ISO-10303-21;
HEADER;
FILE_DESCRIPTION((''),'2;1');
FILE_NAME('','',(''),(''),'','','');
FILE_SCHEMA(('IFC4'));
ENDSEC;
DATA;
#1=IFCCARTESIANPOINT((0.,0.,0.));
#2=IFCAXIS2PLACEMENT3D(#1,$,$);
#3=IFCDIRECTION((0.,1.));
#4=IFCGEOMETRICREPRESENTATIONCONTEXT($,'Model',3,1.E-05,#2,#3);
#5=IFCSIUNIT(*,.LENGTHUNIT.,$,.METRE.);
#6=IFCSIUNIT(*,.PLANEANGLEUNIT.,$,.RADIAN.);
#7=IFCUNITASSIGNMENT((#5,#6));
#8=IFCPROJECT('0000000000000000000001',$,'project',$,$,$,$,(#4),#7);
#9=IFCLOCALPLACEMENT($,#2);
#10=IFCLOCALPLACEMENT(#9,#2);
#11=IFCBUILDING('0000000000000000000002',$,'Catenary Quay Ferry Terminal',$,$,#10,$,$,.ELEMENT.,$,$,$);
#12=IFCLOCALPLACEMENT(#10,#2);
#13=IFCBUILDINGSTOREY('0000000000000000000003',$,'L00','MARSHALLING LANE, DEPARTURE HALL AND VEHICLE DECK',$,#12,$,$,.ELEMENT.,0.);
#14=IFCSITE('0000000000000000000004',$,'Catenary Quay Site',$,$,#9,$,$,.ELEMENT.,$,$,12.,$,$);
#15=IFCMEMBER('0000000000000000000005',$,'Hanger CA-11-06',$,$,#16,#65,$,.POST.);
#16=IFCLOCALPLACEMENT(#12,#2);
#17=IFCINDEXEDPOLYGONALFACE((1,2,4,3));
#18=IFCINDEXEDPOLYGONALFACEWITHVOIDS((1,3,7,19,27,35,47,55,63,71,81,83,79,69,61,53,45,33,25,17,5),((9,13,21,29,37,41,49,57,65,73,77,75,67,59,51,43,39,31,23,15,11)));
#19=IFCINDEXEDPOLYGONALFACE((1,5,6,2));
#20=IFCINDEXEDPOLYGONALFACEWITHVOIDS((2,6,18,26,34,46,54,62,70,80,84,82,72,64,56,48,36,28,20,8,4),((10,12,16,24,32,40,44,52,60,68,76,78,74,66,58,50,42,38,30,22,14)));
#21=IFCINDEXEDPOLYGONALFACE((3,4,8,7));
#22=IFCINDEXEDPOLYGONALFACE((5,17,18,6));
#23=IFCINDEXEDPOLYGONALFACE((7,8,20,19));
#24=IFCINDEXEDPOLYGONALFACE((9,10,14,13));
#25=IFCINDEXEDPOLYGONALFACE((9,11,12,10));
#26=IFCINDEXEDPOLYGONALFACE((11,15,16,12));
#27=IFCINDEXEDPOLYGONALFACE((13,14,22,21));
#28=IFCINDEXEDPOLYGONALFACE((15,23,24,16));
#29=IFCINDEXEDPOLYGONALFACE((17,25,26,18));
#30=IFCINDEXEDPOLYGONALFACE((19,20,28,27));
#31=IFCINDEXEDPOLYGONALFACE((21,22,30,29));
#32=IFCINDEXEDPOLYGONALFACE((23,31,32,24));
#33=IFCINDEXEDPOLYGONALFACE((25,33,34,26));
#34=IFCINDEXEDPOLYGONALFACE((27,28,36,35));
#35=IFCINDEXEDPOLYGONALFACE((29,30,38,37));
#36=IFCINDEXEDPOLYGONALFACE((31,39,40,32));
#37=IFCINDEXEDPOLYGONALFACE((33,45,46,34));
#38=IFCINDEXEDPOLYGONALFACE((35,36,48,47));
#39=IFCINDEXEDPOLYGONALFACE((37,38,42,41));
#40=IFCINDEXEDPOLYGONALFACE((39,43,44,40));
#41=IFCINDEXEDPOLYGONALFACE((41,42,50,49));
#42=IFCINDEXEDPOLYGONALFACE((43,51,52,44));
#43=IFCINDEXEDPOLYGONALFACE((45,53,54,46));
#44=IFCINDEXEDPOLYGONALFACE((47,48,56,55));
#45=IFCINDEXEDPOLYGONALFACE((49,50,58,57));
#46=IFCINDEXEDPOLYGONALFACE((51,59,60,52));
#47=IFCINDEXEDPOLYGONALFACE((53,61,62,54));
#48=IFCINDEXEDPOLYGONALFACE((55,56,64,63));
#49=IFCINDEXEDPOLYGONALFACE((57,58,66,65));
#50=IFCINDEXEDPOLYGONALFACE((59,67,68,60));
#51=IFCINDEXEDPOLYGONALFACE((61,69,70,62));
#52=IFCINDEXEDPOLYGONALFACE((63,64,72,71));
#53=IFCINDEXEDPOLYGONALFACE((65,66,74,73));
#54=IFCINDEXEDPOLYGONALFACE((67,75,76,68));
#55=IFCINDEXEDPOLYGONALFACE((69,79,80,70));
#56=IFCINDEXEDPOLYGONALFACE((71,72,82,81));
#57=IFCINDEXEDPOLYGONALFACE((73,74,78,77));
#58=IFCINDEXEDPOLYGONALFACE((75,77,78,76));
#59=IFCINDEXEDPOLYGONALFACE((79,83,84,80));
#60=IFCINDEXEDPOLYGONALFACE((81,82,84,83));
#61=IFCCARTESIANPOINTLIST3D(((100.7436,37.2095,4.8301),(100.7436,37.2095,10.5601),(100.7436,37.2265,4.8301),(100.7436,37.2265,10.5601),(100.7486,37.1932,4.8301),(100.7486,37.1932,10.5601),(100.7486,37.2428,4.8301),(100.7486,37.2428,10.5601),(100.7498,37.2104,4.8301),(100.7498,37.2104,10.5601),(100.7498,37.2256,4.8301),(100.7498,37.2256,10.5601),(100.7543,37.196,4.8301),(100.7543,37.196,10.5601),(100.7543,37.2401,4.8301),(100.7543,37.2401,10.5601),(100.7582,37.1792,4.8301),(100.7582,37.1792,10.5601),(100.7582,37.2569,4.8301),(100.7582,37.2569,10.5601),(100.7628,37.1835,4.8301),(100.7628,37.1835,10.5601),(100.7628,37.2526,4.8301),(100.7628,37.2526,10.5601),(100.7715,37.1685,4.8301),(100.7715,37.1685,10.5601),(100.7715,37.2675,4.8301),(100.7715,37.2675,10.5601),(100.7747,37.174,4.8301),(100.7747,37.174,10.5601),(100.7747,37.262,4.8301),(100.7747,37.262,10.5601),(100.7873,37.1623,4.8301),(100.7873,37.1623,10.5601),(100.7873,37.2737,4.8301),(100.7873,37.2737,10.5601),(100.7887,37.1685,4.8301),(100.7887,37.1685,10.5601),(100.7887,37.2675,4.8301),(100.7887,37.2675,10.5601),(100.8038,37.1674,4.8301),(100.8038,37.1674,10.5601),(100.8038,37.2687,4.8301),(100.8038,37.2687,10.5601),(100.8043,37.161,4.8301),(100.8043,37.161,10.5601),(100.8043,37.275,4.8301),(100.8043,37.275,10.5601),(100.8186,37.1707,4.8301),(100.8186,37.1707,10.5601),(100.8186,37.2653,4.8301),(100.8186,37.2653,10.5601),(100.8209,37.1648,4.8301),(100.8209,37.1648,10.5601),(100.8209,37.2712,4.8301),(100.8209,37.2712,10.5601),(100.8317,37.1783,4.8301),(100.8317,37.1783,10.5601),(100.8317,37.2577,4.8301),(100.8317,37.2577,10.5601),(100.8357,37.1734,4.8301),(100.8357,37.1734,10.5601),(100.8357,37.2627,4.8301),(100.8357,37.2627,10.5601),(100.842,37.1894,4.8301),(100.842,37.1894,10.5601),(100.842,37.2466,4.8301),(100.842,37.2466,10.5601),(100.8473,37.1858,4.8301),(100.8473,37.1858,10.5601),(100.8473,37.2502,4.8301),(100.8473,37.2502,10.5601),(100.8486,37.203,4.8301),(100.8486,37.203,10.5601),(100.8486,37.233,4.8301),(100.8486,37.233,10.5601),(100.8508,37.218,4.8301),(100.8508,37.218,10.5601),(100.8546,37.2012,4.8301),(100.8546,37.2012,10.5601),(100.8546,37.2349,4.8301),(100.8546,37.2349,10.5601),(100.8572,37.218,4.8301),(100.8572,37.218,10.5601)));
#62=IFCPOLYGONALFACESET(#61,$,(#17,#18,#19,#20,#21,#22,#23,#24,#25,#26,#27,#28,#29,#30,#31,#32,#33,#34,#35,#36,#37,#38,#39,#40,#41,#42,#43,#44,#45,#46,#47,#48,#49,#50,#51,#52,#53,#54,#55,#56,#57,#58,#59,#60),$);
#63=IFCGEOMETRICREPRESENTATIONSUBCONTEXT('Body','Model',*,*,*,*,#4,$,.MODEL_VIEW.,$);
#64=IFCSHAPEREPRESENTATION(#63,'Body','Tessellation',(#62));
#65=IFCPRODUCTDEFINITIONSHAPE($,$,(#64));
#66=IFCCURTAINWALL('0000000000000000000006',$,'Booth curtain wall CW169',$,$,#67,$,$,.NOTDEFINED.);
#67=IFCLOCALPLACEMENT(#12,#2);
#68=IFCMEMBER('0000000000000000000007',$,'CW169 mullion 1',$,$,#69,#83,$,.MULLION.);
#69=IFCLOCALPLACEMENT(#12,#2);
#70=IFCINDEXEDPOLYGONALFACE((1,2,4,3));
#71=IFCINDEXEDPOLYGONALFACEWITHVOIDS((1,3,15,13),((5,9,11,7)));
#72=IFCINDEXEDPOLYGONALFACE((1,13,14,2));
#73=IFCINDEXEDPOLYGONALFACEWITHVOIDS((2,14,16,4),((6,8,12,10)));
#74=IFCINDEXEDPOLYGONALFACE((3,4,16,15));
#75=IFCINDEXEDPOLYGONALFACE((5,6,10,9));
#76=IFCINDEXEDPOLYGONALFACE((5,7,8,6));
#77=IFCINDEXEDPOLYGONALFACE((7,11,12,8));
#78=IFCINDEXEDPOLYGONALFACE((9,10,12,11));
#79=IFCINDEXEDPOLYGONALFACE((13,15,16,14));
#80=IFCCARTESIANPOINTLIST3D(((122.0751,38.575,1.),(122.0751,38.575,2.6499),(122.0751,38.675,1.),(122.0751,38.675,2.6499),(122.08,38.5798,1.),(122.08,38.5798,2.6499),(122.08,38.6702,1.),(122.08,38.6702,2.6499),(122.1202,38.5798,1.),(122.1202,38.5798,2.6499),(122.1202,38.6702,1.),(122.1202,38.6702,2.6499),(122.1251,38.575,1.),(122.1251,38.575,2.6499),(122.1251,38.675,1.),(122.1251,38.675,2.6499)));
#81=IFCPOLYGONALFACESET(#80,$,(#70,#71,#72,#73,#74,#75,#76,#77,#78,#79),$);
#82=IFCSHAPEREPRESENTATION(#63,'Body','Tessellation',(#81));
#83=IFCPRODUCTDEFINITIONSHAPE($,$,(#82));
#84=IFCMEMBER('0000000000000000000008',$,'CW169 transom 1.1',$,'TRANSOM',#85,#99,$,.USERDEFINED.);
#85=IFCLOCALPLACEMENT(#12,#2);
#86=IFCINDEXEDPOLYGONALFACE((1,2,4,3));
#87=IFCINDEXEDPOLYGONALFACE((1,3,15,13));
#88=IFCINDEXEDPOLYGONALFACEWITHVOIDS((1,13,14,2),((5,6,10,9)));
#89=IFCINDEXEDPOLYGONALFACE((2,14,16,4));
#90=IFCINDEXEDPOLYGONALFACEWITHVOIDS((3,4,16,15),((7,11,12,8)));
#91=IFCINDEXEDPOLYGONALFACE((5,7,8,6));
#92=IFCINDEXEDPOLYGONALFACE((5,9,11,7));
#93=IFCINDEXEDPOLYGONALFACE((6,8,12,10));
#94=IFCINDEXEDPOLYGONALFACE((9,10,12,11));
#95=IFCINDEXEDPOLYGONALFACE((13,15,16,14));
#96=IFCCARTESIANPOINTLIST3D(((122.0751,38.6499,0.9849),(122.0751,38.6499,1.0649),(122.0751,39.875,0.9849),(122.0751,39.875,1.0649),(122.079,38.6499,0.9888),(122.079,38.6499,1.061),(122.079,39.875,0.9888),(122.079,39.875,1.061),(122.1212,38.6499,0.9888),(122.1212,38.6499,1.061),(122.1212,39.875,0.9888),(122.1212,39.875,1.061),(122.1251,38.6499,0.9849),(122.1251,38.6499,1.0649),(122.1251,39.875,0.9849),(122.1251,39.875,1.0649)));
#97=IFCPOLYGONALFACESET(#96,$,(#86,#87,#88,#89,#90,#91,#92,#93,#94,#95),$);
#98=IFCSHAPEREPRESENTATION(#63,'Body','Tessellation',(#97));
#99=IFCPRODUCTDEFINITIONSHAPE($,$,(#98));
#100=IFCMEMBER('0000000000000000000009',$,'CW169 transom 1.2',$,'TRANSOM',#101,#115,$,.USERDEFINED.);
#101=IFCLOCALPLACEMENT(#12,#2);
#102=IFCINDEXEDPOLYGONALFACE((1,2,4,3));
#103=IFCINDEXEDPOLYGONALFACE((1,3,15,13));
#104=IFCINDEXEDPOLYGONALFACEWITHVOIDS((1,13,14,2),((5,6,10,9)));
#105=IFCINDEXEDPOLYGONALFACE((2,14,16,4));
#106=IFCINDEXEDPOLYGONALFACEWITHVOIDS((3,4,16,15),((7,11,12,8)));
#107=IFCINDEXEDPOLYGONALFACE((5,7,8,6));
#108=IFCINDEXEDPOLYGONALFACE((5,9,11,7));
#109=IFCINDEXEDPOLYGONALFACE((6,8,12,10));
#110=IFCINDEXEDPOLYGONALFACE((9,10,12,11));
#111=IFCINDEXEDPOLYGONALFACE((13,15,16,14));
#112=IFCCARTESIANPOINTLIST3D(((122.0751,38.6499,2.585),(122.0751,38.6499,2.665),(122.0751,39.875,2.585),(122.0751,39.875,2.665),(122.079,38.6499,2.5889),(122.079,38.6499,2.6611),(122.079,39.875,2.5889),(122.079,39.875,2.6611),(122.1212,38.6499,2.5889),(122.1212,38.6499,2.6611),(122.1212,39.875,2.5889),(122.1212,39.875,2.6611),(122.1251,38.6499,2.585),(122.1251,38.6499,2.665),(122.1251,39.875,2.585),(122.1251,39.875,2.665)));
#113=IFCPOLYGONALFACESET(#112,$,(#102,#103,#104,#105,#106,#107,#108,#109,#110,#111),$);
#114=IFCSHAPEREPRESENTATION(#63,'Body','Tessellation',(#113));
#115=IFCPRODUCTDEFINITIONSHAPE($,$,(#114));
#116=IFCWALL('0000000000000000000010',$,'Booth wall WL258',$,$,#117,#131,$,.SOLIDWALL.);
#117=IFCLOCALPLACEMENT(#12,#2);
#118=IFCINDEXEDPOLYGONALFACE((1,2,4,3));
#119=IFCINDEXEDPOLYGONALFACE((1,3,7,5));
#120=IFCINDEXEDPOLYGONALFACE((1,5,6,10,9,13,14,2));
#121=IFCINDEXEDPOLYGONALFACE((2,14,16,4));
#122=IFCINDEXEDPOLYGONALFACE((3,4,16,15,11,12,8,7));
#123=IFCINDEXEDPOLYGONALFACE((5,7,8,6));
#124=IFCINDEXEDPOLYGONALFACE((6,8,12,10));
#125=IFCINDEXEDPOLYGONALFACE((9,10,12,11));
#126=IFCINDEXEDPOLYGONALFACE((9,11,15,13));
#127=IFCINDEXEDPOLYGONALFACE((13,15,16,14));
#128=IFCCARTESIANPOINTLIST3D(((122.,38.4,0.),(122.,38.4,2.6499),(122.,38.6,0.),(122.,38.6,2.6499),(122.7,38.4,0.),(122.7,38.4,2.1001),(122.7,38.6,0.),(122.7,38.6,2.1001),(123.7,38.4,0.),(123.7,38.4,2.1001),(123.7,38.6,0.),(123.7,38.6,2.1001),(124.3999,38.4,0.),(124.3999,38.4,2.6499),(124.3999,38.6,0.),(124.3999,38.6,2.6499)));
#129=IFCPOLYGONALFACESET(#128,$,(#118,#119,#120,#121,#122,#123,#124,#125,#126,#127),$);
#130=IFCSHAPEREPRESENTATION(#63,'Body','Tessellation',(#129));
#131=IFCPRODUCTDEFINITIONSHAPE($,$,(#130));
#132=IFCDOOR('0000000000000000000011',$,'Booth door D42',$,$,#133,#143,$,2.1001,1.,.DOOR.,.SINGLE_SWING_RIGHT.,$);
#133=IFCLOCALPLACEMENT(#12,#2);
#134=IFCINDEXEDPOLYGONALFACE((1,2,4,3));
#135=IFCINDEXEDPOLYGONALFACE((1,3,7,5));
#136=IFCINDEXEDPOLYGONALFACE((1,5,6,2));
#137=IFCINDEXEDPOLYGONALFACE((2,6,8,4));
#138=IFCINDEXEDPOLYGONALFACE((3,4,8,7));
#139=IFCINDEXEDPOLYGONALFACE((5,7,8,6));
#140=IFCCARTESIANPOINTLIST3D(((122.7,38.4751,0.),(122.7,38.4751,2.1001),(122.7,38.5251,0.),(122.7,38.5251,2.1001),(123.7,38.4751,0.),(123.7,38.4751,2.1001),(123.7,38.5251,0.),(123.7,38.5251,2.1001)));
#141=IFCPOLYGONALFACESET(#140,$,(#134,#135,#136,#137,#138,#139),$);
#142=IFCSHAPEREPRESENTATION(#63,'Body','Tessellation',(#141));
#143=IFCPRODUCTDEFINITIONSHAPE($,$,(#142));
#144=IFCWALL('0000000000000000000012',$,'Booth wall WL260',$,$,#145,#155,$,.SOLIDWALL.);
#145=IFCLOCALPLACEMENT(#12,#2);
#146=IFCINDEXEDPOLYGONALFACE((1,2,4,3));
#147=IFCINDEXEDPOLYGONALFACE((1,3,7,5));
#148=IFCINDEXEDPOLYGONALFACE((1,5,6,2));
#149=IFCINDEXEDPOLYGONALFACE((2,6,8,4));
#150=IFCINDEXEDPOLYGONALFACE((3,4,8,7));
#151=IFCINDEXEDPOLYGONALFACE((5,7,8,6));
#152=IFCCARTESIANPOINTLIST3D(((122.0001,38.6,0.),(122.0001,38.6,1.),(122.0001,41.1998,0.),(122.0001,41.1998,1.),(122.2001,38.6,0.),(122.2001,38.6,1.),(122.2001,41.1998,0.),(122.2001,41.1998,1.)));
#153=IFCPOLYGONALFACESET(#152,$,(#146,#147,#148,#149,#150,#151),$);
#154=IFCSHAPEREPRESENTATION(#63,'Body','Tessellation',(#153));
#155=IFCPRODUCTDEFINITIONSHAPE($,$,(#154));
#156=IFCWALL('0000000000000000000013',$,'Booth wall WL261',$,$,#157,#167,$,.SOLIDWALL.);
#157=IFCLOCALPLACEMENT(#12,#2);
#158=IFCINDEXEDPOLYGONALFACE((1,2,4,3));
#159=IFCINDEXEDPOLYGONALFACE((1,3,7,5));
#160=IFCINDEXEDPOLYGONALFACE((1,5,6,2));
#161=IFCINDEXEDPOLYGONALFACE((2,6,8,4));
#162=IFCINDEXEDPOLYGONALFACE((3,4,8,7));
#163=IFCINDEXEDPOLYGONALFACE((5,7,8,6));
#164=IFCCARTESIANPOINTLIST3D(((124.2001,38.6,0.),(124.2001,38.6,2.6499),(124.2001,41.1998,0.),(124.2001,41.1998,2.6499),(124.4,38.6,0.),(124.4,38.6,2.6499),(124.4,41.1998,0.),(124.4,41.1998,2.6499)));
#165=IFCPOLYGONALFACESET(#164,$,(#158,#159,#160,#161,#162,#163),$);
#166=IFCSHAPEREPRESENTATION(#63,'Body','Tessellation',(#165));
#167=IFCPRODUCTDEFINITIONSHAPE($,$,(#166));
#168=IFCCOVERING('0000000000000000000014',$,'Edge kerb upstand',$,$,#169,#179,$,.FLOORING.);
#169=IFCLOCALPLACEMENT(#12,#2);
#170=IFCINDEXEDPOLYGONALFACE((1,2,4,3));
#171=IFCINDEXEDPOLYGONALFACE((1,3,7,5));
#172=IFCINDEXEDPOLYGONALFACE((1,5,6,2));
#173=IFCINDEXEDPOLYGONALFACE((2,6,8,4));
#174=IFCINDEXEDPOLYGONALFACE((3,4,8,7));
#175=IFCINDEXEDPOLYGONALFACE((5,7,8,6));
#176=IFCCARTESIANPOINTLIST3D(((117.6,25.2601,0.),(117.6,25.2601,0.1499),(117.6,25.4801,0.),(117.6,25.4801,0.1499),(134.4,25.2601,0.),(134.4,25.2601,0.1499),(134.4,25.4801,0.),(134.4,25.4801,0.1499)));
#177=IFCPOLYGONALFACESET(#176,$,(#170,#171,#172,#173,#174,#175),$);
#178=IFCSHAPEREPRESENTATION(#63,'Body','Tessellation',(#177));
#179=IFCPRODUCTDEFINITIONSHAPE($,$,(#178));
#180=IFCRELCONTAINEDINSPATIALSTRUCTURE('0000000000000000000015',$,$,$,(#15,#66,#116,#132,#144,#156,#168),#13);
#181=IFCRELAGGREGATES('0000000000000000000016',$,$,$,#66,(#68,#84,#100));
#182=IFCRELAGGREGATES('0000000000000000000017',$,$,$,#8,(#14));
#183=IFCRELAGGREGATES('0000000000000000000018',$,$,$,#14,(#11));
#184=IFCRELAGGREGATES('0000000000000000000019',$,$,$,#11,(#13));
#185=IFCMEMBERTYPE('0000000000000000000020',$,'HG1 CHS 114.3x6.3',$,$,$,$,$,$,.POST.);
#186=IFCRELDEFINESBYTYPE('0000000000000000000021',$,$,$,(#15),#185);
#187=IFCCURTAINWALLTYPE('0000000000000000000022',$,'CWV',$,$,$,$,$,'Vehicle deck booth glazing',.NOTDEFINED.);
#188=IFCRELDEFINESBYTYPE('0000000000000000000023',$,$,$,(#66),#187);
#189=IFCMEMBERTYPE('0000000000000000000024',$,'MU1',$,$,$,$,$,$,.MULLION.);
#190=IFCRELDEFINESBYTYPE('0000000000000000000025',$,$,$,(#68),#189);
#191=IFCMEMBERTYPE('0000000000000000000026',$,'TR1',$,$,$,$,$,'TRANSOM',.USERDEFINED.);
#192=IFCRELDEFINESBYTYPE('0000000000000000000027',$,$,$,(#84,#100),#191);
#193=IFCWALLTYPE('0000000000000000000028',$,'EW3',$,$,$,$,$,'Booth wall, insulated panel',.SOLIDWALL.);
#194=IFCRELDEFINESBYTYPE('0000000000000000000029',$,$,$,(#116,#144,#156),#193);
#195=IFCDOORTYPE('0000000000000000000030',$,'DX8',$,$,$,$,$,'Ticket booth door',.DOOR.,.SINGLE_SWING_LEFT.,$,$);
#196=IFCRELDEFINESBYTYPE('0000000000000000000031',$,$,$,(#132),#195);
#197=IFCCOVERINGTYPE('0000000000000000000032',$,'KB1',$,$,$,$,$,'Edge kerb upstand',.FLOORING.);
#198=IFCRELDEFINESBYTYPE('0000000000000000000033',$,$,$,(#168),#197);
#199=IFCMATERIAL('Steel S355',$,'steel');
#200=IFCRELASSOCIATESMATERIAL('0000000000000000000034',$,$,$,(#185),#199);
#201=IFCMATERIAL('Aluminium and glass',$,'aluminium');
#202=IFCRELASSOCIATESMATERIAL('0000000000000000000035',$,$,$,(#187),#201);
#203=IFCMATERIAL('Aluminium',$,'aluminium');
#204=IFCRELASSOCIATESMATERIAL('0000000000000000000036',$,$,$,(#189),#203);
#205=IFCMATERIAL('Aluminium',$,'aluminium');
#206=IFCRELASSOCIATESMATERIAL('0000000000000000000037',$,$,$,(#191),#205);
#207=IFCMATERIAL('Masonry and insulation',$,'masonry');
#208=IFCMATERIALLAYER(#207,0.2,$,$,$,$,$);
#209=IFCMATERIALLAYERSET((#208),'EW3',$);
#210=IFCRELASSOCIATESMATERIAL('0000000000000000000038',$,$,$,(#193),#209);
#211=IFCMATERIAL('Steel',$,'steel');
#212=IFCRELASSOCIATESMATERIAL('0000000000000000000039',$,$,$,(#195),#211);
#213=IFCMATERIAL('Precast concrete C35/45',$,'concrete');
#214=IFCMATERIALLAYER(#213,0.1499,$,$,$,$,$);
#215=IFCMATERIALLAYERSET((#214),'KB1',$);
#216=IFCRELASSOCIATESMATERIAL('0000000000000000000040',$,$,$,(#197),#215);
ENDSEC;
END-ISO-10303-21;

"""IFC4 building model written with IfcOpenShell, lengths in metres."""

from ifc_helpers import new_model, si_unit, direction, frame, frame_2d, origin, origin_2d, place, context, subcontext, project, spatial, rectangle, hollow_rectangle, hollow_circle, extrude, material, layer, layer_set, material_profile, profile_set, type_object, element, fill, aggregate, save


model = new_model("IFC4")

# Units and contexts
model_context = context("Model", 3, precision=1e-05, world=origin(), true_north=direction((0.0, 1.0)))
body_context = subcontext(model_context, "Body", "Model", "MODEL_VIEW")
ifc_project = project(units=[si_unit("LENGTHUNIT", "METRE"), si_unit("PLANEANGLEUNIT", "RADIAN")], contexts=[model_context])

# Site, building, storey
site_placement = place(None, origin())
site = spatial("IfcSite", under=ifc_project, at=site_placement, Name="Catenary Quay Site", CompositionType="ELEMENT", RefElevation=12.0)
building_placement = place(site_placement, origin())
building = spatial("IfcBuilding", under=site, at=building_placement, Name="Catenary Quay Ferry Terminal", CompositionType="ELEMENT")
storey_placement = place(building_placement, origin())
storey = spatial("IfcBuildingStorey", under=building, at=storey_placement, Name="L00", Description="MARSHALLING LANE, DEPARTURE HALL AND VEHICLE DECK", CompositionType="ELEMENT", Elevation=0.0)

# Member
ifc_material_1 = material(Name="Steel S355", Category="steel")
ifc_material_profile_1 = material_profile(ifc_material_1, hollow_circle(Radius=0.0571, WallThickness=0.0063, at=origin_2d()), Name="CHS 114.3x6.3")
ifc_profile_set_1 = profile_set([ifc_material_profile_1], Name="Steel S355")
member_type_1 = type_object("IfcMemberType", Name="HG1 CHS 114.3x6.3", PredefinedType="POST", material=ifc_profile_set_1)
member_1_placement = place(storey_placement, frame((100.8, 37.218, 4.8301), z_axis=(0.0, 0.0, 1.0), x_axis=(1.0, 0.0, 0.0)))
element("IfcMember", 1, at=member_1_placement, inside=storey, type_object=member_type_1, Name="Hanger CA-11-06", PredefinedType="POST", context=body_context, shape_type="SweptSolid", body=[
    extrude(hollow_circle(Radius=0.0571, WallThickness=0.0063, at=origin_2d()), origin(), (0.0, 0.0, 1.0), 5.73),
])

# Curtain wall, members
ifc_material_2 = material(Name="Aluminium and glass", Category="aluminium")
curtain_wall_type = type_object("IfcCurtainWallType", Name="CWV", ElementType="Vehicle deck booth glazing", PredefinedType="NOTDEFINED", material=ifc_material_2)
curtain_wall_placement = place(storey_placement, origin())
curtain_wall = element("IfcCurtainWall", 2, at=curtain_wall_placement, inside=storey, type_object=curtain_wall_type, Name="Booth curtain wall CW169", PredefinedType="NOTDEFINED")
ifc_material_3 = material(Name="Aluminium", Category="aluminium")
ifc_material_profile_2 = material_profile(ifc_material_3, hollow_rectangle(XDim=0.05, YDim=0.1001, WallThickness=0.0049, at=origin_2d()), Name="MU1")
ifc_profile_set_2 = profile_set([ifc_material_profile_2], Name="Aluminium")
member_type_2 = type_object("IfcMemberType", Name="MU1", PredefinedType="MULLION", material=ifc_profile_set_2)
member_2_placement = place(storey_placement, frame((122.1001, 38.625, 1.0), z_axis=(0.0, 0.0, 1.0), x_axis=(-1.0, 0.0, 0.0)))
member_2 = element("IfcMember", 3, at=member_2_placement, type_object=member_type_2, Name="CW169 mullion 1", PredefinedType="MULLION", context=body_context, shape_type="SweptSolid", body=[
    extrude(hollow_rectangle(XDim=0.05, YDim=0.1001, WallThickness=0.0049, at=origin_2d()), origin(), (0.0, 0.0, 1.0), 1.6499),
])
ifc_material_4 = material(Name="Aluminium", Category="aluminium")
ifc_material_profile_3 = material_profile(ifc_material_4, hollow_rectangle(XDim=0.05, YDim=0.0801, WallThickness=0.0039, at=origin_2d()), Name="TR1")
ifc_profile_set_3 = profile_set([ifc_material_profile_3], Name="Aluminium")
member_type_3 = type_object("IfcMemberType", Name="TR1", ElementType="TRANSOM", PredefinedType="USERDEFINED", material=ifc_profile_set_3)
member_3_placement = place(storey_placement, frame((122.1001, 38.6499, 1.0249), z_axis=(0.0, 1.0, 0.0), x_axis=(-1.0, 0.0, 0.0)))
member_3 = element("IfcMember", 4, at=member_3_placement, type_object=member_type_3, Name="CW169 transom 1.1", ObjectType="TRANSOM", PredefinedType="USERDEFINED", context=body_context, shape_type="SweptSolid", body=[
    extrude(hollow_rectangle(XDim=0.05, YDim=0.0801, WallThickness=0.0039, at=origin_2d()), origin(), (0.0, 0.0, 1.0), 1.2251),
])
member_4_placement = place(storey_placement, frame((122.1001, 38.6499, 2.625), z_axis=(0.0, 1.0, 0.0), x_axis=(-1.0, 0.0, 0.0)))
member_4 = element("IfcMember", 5, at=member_4_placement, type_object=member_type_3, Name="CW169 transom 1.2", ObjectType="TRANSOM", PredefinedType="USERDEFINED", context=body_context, shape_type="SweptSolid", body=[
    extrude(hollow_rectangle(XDim=0.05, YDim=0.0801, WallThickness=0.0039, at=origin_2d()), origin(), (0.0, 0.0, 1.0), 1.2251),
])
aggregate(curtain_wall, [member_2, member_3, member_4])

# Wall, opening, door
ifc_material_5 = material(Name="Masonry and insulation", Category="masonry")
ifc_layer_1 = layer(ifc_material_5, 0.2)
ifc_layer_set_1 = layer_set([ifc_layer_1], Name="EW3")
wall_type = type_object("IfcWallType", Name="EW3", ElementType="Booth wall, insulated panel", PredefinedType="SOLIDWALL", material=ifc_layer_set_1)
wall_1_placement = place(storey_placement, frame((122.0, 38.5, 0.0), z_axis=(0.0, 0.0, 1.0), x_axis=(1.0, 0.0, 0.0)))
wall_1 = element("IfcWall", 6, at=wall_1_placement, inside=storey, type_object=wall_type, Name="Booth wall WL258", PredefinedType="SOLIDWALL", context=body_context, shape_type="SweptSolid", body=[
    extrude(rectangle(XDim=2.3999, YDim=0.2, at=frame_2d((1.2, 0.0))), origin(), (0.0, 0.0, 1.0), 2.6499),
])
opening_placement = place(wall_1_placement, frame((0.7, 0.0, 0.0)))
opening = element("IfcOpeningElement", 7, at=opening_placement, cuts=wall_1, PredefinedType="OPENING", context=body_context, shape_type="SweptSolid", body=[
    extrude(rectangle(XDim=1.0, YDim=2.1001, at=frame_2d((0.5, 1.05))), frame((0.0, 0.1099, 0.0), z_axis=(0.0, -1.0, 0.0), x_axis=(1.0, 0.0, 0.0)), (0.0, 0.0, 1.0), 0.22),
])
ifc_material_6 = material(Name="Steel", Category="steel")
door_type = type_object("IfcDoorType", Name="DX8", ElementType="Ticket booth door", OperationType="SINGLE_SWING_LEFT", PredefinedType="DOOR", material=ifc_material_6)
door_placement = place(opening_placement, frame((1.0, 0.0, 0.0), z_axis=(0.0, 0.0, 1.0), x_axis=(-1.0, 0.0, 0.0)))
door = element("IfcDoor", 8, at=door_placement, inside=storey, type_object=door_type, Name="Booth door D42", OperationType="SINGLE_SWING_RIGHT", OverallHeight=2.1001, OverallWidth=1.0, PredefinedType="DOOR", context=body_context, shape_type="SweptSolid", body=[
    extrude(rectangle(XDim=1.0, YDim=2.1001, at=frame_2d((0.5, 1.05))), frame((0.0, 0.0249, 0.0), z_axis=(0.0, -1.0, 0.0), x_axis=(1.0, 0.0, 0.0)), (0.0, 0.0, 1.0), 0.05),
])
fill(opening, door)

# Walls
wall_2_placement = place(storey_placement, frame((122.1001, 38.6001, 0.0), z_axis=(0.0, 0.0, 1.0), x_axis=(0.0, 1.0, 0.0)))
element("IfcWall", 9, at=wall_2_placement, inside=storey, type_object=wall_type, Name="Booth wall WL260", PredefinedType="SOLIDWALL", context=body_context, shape_type="SweptSolid", body=[
    extrude(rectangle(XDim=2.5999, YDim=0.2, at=frame_2d((1.2998, 0.0))), origin(), (0.0, 0.0, 1.0), 1.0),
])
wall_3_placement = place(storey_placement, frame((124.3, 38.6001, 0.0), z_axis=(0.0, 0.0, 1.0), x_axis=(0.0, 1.0, 0.0)))
element("IfcWall", 10, at=wall_3_placement, inside=storey, type_object=wall_type, Name="Booth wall WL261", PredefinedType="SOLIDWALL", context=body_context, shape_type="SweptSolid", body=[
    extrude(rectangle(XDim=2.5999, YDim=0.2, at=frame_2d((1.2998, 0.0))), origin(), (0.0, 0.0, 1.0), 2.6499),
])

# Covering
ifc_material_7 = material(Name="Precast concrete C35/45", Category="concrete")
ifc_layer_2 = layer(ifc_material_7, 0.1499)
ifc_layer_set_2 = layer_set([ifc_layer_2], Name="KB1")
covering_type = type_object("IfcCoveringType", Name="KB1", ElementType="Edge kerb upstand", PredefinedType="FLOORING", material=ifc_layer_set_2)
covering_placement = place(storey_placement, frame((126.0, 25.3701, 0.0), z_axis=(0.0, 0.0, 1.0), x_axis=(1.0, 0.0, 0.0)))
element("IfcCovering", 11, at=covering_placement, inside=storey, type_object=covering_type, Name="Edge kerb upstand", PredefinedType="FLOORING", context=body_context, shape_type="SweptSolid", body=[
    extrude(rectangle(XDim=16.8, YDim=0.22, at=origin_2d()), origin(), (0.0, 0.0, 1.0), 0.1499),
])

save(model, "model.ifc")
